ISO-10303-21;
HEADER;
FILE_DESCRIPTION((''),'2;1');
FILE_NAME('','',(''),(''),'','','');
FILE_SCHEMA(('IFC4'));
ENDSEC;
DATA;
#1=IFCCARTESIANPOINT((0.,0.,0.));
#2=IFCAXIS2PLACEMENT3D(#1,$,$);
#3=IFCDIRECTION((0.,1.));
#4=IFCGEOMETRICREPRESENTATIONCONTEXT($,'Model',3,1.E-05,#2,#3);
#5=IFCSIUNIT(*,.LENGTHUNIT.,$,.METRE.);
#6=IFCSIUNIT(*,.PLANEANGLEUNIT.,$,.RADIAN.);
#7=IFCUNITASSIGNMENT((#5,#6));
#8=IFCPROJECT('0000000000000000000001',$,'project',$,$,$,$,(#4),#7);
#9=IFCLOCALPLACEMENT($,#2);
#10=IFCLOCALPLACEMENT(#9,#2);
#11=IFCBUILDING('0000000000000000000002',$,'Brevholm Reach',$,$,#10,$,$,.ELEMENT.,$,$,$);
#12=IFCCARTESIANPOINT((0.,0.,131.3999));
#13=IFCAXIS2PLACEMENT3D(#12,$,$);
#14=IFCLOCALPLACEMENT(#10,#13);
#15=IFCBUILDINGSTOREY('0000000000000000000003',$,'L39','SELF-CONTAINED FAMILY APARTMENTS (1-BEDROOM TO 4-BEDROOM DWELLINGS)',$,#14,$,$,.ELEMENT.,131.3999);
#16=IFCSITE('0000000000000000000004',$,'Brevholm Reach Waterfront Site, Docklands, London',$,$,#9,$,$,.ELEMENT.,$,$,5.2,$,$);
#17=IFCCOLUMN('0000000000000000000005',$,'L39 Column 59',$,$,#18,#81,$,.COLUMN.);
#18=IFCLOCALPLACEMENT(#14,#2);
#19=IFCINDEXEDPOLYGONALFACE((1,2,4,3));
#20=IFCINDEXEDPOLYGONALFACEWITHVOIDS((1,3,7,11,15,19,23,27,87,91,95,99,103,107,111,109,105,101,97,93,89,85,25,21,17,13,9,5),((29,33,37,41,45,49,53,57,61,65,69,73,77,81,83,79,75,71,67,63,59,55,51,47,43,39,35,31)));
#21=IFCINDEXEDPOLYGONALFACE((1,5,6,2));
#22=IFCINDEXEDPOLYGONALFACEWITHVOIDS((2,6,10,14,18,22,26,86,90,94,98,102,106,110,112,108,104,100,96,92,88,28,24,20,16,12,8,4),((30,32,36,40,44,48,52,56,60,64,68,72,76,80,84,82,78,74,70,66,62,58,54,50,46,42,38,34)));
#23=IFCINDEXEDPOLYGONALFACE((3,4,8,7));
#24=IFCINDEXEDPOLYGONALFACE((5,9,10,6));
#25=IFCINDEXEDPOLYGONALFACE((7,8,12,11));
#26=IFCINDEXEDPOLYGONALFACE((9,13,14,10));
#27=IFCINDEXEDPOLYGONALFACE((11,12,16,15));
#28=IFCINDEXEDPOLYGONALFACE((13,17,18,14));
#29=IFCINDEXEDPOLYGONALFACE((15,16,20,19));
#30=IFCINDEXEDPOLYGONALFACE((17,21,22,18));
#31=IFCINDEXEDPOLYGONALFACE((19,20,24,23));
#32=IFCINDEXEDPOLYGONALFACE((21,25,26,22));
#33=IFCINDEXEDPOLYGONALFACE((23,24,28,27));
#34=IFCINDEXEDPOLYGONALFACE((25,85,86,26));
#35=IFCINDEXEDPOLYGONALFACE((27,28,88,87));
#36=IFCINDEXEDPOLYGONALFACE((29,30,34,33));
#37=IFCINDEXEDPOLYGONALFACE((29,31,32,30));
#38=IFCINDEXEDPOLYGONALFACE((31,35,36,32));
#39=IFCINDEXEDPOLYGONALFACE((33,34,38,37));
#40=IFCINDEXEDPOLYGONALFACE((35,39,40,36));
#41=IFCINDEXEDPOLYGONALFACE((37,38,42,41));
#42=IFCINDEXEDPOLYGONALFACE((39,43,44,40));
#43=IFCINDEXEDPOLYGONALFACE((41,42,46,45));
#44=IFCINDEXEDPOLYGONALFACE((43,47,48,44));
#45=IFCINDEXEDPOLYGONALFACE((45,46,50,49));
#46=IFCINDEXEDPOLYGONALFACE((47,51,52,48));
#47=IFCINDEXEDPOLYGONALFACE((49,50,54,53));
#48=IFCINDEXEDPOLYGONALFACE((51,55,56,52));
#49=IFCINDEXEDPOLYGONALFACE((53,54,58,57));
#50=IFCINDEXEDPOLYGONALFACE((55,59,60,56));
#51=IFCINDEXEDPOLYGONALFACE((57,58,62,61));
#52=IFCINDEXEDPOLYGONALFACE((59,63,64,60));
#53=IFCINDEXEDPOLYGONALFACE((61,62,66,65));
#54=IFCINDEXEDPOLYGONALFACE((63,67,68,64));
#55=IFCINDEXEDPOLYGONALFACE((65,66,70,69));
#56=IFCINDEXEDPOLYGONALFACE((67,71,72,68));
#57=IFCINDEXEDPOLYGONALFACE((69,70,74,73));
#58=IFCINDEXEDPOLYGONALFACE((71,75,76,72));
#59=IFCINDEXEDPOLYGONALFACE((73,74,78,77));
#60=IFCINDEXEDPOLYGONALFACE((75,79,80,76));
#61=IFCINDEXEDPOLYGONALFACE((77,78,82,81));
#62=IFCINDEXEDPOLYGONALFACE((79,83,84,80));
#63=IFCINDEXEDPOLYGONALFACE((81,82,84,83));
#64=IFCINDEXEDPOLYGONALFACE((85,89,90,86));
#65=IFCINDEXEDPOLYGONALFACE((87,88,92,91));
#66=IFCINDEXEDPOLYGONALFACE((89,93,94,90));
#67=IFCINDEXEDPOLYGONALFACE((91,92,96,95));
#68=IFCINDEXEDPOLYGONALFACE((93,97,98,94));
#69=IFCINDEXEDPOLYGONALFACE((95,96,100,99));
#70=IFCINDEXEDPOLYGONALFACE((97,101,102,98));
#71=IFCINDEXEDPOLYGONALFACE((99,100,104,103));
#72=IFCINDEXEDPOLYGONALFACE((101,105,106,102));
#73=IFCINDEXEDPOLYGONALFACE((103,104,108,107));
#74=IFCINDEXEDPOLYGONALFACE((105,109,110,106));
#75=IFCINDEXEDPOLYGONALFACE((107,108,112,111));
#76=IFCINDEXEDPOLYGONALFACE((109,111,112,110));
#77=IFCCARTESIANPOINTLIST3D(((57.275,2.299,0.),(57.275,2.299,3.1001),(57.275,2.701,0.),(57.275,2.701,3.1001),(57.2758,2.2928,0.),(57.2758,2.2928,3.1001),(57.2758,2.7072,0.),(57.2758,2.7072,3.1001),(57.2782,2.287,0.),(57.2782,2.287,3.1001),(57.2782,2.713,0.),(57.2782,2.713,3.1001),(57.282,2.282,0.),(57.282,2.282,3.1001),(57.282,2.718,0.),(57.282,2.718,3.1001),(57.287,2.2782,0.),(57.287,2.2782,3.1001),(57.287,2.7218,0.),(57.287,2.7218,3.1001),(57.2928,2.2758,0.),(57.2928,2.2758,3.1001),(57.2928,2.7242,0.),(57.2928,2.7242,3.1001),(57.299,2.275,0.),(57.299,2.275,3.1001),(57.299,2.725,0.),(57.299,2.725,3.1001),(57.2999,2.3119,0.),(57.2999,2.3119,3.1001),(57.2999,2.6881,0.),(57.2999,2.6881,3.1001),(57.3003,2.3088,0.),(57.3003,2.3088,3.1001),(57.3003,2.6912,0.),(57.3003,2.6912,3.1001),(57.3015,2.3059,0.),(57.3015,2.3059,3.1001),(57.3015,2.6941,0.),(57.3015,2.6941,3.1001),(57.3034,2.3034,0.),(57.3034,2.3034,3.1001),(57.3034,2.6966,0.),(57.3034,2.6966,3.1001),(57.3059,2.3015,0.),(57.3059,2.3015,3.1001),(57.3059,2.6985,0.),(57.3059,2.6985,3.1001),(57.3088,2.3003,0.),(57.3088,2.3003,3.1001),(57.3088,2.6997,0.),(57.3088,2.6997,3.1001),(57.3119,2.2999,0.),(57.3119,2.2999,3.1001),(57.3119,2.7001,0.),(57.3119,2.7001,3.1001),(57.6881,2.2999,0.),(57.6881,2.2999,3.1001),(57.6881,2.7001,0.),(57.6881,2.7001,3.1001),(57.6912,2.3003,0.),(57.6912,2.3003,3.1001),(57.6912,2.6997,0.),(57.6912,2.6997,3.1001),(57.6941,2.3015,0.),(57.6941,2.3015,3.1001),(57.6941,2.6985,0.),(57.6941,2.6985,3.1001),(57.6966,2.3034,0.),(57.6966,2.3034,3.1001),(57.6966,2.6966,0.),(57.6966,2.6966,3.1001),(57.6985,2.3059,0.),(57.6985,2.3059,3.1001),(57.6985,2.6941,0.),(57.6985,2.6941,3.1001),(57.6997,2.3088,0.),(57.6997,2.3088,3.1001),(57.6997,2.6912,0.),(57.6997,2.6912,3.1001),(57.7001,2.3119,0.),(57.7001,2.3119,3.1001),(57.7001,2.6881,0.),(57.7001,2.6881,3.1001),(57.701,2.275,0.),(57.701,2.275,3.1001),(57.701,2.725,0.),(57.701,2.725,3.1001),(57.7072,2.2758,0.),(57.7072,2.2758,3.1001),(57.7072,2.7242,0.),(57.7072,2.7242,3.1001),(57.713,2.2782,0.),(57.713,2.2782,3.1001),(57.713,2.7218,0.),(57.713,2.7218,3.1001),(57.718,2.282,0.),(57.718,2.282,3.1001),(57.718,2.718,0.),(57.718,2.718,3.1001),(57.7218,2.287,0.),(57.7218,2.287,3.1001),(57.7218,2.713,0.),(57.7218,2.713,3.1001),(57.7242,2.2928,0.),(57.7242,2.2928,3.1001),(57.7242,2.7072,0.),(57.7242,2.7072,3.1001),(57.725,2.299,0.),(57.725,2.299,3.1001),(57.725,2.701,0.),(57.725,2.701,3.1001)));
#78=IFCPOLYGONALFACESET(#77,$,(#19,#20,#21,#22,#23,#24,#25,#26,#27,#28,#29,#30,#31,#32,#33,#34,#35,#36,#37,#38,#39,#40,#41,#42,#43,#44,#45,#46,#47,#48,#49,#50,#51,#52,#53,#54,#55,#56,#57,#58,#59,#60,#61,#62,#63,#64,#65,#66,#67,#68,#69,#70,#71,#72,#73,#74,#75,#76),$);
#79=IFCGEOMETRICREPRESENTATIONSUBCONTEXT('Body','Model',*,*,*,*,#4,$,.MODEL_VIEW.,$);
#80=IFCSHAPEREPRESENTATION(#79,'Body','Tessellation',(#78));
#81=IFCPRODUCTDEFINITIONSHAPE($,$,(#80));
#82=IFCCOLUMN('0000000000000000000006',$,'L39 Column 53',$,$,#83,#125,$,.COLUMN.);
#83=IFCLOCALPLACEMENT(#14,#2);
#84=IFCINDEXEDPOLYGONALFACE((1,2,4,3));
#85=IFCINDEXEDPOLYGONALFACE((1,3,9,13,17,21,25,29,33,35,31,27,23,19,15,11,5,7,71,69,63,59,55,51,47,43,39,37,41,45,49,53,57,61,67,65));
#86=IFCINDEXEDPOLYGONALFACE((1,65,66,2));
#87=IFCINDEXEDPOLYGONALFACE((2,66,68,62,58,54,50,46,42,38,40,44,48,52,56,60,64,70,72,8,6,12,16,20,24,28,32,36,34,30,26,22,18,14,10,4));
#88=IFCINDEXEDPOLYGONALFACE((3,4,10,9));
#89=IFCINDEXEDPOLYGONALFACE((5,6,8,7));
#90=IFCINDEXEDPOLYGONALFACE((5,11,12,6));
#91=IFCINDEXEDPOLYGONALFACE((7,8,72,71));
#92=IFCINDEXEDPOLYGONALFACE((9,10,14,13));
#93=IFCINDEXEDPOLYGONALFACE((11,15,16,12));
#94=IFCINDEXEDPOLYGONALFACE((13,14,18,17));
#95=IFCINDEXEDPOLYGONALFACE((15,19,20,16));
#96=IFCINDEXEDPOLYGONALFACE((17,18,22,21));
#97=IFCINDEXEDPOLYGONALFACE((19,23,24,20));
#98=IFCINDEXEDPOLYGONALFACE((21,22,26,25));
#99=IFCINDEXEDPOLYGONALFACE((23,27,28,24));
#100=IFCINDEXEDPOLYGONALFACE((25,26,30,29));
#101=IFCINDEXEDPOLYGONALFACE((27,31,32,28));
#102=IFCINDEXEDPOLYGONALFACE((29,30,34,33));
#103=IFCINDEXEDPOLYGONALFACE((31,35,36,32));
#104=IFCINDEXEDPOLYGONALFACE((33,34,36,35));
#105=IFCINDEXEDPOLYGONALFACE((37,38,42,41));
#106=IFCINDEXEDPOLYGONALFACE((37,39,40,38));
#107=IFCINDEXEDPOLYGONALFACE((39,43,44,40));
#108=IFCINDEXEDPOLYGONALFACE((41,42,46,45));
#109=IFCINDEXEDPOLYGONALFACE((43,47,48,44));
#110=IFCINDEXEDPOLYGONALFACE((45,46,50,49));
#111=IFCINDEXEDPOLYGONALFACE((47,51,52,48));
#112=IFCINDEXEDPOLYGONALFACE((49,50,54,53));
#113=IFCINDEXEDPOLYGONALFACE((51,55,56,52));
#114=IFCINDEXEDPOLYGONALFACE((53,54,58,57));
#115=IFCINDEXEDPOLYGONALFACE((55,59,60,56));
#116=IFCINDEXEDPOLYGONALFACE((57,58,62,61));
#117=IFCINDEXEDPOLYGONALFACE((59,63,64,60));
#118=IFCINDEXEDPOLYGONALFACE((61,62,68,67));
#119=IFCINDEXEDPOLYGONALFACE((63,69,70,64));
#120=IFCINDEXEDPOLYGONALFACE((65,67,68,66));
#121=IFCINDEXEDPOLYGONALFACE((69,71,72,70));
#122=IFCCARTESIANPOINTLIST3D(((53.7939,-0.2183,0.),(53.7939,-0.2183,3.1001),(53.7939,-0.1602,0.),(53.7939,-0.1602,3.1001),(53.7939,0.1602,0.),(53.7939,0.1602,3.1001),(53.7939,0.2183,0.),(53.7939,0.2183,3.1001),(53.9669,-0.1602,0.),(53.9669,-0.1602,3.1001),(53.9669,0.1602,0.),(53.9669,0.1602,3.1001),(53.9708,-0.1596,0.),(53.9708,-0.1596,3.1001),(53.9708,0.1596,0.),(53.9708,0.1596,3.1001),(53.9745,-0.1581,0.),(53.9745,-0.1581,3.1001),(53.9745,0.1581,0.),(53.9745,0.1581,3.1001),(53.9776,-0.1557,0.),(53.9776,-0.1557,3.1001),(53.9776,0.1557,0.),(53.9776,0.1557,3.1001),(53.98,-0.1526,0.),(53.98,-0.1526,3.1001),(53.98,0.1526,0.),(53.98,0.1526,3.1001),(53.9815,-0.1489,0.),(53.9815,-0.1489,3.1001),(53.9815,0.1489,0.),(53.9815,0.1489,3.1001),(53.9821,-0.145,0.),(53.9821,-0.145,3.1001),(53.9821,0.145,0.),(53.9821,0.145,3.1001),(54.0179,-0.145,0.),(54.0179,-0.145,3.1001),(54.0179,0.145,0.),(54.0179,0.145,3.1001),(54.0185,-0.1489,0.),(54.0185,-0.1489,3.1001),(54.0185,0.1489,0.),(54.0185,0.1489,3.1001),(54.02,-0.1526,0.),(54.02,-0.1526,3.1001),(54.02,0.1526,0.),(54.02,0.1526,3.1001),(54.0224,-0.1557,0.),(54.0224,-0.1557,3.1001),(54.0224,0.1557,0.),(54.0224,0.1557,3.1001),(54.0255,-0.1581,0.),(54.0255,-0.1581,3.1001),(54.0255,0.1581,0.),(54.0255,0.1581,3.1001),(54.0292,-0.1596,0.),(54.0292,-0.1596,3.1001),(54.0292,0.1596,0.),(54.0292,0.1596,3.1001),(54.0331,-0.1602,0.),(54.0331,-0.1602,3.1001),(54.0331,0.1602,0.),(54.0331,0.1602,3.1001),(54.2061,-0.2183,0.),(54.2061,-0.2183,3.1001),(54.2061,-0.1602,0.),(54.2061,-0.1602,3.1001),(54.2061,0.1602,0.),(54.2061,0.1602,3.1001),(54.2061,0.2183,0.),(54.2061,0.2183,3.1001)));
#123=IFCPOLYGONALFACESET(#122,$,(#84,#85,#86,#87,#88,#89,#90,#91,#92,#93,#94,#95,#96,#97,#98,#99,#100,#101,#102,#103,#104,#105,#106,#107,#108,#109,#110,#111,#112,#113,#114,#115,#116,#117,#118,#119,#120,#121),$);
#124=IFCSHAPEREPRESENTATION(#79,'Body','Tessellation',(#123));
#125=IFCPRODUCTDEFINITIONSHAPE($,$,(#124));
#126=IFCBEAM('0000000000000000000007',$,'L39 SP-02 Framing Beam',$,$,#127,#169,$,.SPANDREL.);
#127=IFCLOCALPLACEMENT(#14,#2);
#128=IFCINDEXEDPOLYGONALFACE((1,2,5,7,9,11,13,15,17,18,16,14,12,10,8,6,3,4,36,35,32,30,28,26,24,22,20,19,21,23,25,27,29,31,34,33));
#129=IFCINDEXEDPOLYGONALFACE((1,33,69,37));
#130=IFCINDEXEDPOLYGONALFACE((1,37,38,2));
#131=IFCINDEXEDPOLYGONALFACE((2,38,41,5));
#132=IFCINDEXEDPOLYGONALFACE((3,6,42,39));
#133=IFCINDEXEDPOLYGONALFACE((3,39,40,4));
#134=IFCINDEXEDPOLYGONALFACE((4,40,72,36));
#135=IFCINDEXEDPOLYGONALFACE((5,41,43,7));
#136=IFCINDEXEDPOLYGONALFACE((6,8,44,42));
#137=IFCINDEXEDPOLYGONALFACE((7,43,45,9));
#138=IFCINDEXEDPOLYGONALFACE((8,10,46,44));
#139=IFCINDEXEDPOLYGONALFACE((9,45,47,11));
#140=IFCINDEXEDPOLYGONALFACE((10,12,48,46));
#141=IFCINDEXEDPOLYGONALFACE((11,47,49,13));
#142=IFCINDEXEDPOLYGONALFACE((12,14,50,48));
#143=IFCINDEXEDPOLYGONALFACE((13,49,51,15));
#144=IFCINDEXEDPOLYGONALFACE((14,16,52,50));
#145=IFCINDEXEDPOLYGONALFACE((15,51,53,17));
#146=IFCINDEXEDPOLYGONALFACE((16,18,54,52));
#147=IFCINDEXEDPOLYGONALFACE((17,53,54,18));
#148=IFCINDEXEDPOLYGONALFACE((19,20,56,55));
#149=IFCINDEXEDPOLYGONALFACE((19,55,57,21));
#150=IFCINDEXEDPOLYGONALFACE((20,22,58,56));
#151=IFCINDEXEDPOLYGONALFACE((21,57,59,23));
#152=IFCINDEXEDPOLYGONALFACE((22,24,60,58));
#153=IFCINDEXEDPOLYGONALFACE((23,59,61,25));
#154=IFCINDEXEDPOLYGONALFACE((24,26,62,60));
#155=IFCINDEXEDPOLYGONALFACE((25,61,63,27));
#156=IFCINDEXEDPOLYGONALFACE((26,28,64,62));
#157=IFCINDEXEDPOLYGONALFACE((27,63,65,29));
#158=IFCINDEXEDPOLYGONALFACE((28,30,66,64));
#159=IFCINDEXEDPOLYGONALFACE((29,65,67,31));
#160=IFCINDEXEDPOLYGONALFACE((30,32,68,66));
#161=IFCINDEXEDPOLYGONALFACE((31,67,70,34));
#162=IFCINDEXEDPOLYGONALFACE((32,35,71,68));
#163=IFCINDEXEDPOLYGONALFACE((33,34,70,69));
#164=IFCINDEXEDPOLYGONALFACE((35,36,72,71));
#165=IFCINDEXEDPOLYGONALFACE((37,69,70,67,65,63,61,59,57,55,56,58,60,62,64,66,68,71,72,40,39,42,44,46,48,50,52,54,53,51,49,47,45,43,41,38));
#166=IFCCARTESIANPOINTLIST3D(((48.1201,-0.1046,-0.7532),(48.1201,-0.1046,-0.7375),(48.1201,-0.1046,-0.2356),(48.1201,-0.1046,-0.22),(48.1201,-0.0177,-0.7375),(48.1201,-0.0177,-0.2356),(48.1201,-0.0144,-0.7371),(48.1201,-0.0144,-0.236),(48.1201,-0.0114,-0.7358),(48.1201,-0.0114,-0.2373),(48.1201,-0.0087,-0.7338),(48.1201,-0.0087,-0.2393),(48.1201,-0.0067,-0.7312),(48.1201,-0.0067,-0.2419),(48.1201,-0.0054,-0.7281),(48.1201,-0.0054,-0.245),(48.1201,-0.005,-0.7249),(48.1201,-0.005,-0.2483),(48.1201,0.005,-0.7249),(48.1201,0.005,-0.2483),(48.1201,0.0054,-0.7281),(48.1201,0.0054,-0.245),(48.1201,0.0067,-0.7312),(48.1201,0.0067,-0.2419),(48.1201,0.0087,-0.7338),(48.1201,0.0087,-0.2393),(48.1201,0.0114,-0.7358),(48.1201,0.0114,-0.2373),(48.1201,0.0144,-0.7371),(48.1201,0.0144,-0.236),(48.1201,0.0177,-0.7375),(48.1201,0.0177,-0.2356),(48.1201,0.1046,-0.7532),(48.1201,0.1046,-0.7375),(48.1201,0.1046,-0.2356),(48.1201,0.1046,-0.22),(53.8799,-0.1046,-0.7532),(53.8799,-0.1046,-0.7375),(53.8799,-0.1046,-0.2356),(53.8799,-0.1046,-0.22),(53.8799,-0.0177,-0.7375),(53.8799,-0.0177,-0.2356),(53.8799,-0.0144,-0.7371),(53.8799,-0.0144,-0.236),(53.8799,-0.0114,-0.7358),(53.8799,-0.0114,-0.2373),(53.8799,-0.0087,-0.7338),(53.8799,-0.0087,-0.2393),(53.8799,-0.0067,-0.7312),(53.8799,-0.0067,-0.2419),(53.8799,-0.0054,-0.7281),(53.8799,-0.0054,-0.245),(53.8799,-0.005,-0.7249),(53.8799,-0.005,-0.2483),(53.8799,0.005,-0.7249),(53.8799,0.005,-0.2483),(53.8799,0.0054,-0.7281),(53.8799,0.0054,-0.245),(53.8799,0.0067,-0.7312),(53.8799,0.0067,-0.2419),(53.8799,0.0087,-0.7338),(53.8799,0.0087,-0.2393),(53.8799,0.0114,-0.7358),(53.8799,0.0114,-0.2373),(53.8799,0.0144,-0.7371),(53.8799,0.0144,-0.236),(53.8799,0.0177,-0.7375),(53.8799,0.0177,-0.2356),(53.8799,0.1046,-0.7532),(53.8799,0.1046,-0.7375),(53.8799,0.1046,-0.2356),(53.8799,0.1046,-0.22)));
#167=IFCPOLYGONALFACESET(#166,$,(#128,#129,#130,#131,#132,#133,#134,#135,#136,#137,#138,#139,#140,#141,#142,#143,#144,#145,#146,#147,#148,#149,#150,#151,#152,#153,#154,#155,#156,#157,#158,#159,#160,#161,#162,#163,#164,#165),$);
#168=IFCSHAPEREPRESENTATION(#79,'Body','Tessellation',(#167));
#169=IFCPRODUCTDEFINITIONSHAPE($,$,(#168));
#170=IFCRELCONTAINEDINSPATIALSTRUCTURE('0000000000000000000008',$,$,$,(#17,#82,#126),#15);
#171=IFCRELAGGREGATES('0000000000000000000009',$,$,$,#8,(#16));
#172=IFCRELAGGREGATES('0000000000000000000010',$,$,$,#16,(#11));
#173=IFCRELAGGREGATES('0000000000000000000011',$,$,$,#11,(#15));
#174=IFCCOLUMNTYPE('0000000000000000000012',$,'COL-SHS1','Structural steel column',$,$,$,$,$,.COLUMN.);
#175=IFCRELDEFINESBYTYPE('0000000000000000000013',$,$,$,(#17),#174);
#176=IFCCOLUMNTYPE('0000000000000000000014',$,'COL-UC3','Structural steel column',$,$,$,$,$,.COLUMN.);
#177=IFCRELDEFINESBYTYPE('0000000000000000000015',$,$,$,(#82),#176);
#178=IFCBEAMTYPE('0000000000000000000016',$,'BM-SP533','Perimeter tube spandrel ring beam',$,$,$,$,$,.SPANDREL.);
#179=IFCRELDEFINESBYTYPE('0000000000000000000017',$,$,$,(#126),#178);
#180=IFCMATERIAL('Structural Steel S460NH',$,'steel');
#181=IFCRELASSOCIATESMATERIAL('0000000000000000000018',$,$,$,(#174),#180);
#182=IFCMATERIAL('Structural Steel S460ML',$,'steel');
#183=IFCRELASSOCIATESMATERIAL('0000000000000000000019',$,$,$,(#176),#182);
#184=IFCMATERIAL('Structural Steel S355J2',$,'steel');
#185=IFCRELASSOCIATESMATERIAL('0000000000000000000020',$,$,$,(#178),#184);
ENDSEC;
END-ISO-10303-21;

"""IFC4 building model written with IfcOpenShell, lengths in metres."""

from ifc_helpers import new_model, si_unit, direction, frame, origin, origin_2d, place, context, subcontext, project, spatial, hollow_rectangle, i_section, extrude, material, material_profile, profile_set, type_object, element, save


model = new_model("IFC4")

# Units and contexts
model_context = context("Model", 3, precision=1e-05, world=origin(), true_north=direction((0.0, 1.0)))
body_context = subcontext(model_context, "Body", "Model", "MODEL_VIEW")
ifc_project = project(units=[si_unit("LENGTHUNIT", "METRE"), si_unit("PLANEANGLEUNIT", "RADIAN")], contexts=[model_context])

# Site, building, storey
site_placement = place(None, origin())
site = spatial("IfcSite", under=ifc_project, at=site_placement, Name="Brevholm Reach Waterfront Site, Docklands, London", CompositionType="ELEMENT", RefElevation=5.2)
building_placement = place(site_placement, origin())
building = spatial("IfcBuilding", under=site, at=building_placement, Name="Brevholm Reach", CompositionType="ELEMENT")
storey_placement = place(building_placement, frame((0.0, 0.0, 131.3999)))
storey = spatial("IfcBuildingStorey", under=building, at=storey_placement, Name="L39", Description="SELF-CONTAINED FAMILY APARTMENTS (1-BEDROOM TO 4-BEDROOM DWELLINGS)", CompositionType="ELEMENT", Elevation=131.3999)

# Columns
ifc_material_1 = material(Name="Structural Steel S460NH", Category="steel")
ifc_material_profile_1 = material_profile(ifc_material_1, hollow_rectangle(XDim=0.45, YDim=0.45, WallThickness=0.0249, InnerFilletRadius=0.012, OuterFilletRadius=0.0239, at=origin_2d()), Name="SHS 450x450x25")
ifc_profile_set_1 = profile_set([ifc_material_profile_1], Name="Structural Steel S460NH")
column_type_1 = type_object("IfcColumnType", Name="COL-SHS1", Description="Structural steel column", PredefinedType="COLUMN", material=ifc_profile_set_1)
column_1_placement = place(storey_placement, frame((57.5, 2.5, 0.0), z_axis=(0.0, 0.0, 1.0), x_axis=(1.0, 0.0, 0.0)))
element("IfcColumn", 1, at=column_1_placement, inside=storey, type_object=column_type_1, Name="L39 Column 59", PredefinedType="COLUMN", context=body_context, shape_type="SweptSolid", body=[
    extrude(hollow_rectangle(XDim=0.45, YDim=0.45, WallThickness=0.0249, InnerFilletRadius=0.012, OuterFilletRadius=0.0239, at=origin_2d()), origin(), (0.0, 0.0, 1.0), 3.1001),
])
ifc_material_2 = material(Name="Structural Steel S460ML", Category="steel")
ifc_material_profile_2 = material_profile(ifc_material_2, i_section(OverallWidth=0.4121, OverallDepth=0.4365, WebThickness=0.0359, FlangeThickness=0.0581, FilletRadius=0.0151, at=origin_2d()), Name="UKC 356x406x467")
ifc_profile_set_2 = profile_set([ifc_material_profile_2], Name="Structural Steel S460ML")
column_type_2 = type_object("IfcColumnType", Name="COL-UC3", Description="Structural steel column", PredefinedType="COLUMN", material=ifc_profile_set_2)
column_2_placement = place(storey_placement, frame((54.0, 0.0, 0.0), z_axis=(0.0, 0.0, 1.0), x_axis=(1.0, 0.0, 0.0)))
element("IfcColumn", 2, at=column_2_placement, inside=storey, type_object=column_type_2, Name="L39 Column 53", PredefinedType="COLUMN", context=body_context, shape_type="SweptSolid", body=[
    extrude(i_section(OverallWidth=0.4121, OverallDepth=0.4365, WebThickness=0.0359, FlangeThickness=0.0581, FilletRadius=0.0151, at=origin_2d()), origin(), (0.0, 0.0, 1.0), 3.1001),
])

# Beam
ifc_material_3 = material(Name="Structural Steel S355J2", Category="steel")
ifc_material_profile_3 = material_profile(ifc_material_3, i_section(OverallWidth=0.2092, OverallDepth=0.5332, WebThickness=0.01, FlangeThickness=0.0156, FilletRadius=0.0127, at=origin_2d()), Name="UKB 533x210x92")
ifc_profile_set_3 = profile_set([ifc_material_profile_3], Name="Structural Steel S355J2")
beam_type_1 = type_object("IfcBeamType", Name="BM-SP533", Description="Perimeter tube spandrel ring beam", PredefinedType="SPANDREL", material=ifc_profile_set_3)
beam_placement = place(storey_placement, frame((48.1201, 0.0, -0.4866), z_axis=(1.0, 0.0, 0.0), x_axis=(0.0, 1.0, 0.0)))
element("IfcBeam", 3, at=beam_placement, inside=storey, type_object=beam_type_1, Name="L39 SP-02 Framing Beam", PredefinedType="SPANDREL", context=body_context, shape_type="SweptSolid", body=[
    extrude(i_section(OverallWidth=0.2092, OverallDepth=0.5332, WebThickness=0.01, FlangeThickness=0.0156, FilletRadius=0.0127, at=origin_2d()), origin(), (0.0, 0.0, 1.0), 5.7598),
])

save(model, "model.ifc")
